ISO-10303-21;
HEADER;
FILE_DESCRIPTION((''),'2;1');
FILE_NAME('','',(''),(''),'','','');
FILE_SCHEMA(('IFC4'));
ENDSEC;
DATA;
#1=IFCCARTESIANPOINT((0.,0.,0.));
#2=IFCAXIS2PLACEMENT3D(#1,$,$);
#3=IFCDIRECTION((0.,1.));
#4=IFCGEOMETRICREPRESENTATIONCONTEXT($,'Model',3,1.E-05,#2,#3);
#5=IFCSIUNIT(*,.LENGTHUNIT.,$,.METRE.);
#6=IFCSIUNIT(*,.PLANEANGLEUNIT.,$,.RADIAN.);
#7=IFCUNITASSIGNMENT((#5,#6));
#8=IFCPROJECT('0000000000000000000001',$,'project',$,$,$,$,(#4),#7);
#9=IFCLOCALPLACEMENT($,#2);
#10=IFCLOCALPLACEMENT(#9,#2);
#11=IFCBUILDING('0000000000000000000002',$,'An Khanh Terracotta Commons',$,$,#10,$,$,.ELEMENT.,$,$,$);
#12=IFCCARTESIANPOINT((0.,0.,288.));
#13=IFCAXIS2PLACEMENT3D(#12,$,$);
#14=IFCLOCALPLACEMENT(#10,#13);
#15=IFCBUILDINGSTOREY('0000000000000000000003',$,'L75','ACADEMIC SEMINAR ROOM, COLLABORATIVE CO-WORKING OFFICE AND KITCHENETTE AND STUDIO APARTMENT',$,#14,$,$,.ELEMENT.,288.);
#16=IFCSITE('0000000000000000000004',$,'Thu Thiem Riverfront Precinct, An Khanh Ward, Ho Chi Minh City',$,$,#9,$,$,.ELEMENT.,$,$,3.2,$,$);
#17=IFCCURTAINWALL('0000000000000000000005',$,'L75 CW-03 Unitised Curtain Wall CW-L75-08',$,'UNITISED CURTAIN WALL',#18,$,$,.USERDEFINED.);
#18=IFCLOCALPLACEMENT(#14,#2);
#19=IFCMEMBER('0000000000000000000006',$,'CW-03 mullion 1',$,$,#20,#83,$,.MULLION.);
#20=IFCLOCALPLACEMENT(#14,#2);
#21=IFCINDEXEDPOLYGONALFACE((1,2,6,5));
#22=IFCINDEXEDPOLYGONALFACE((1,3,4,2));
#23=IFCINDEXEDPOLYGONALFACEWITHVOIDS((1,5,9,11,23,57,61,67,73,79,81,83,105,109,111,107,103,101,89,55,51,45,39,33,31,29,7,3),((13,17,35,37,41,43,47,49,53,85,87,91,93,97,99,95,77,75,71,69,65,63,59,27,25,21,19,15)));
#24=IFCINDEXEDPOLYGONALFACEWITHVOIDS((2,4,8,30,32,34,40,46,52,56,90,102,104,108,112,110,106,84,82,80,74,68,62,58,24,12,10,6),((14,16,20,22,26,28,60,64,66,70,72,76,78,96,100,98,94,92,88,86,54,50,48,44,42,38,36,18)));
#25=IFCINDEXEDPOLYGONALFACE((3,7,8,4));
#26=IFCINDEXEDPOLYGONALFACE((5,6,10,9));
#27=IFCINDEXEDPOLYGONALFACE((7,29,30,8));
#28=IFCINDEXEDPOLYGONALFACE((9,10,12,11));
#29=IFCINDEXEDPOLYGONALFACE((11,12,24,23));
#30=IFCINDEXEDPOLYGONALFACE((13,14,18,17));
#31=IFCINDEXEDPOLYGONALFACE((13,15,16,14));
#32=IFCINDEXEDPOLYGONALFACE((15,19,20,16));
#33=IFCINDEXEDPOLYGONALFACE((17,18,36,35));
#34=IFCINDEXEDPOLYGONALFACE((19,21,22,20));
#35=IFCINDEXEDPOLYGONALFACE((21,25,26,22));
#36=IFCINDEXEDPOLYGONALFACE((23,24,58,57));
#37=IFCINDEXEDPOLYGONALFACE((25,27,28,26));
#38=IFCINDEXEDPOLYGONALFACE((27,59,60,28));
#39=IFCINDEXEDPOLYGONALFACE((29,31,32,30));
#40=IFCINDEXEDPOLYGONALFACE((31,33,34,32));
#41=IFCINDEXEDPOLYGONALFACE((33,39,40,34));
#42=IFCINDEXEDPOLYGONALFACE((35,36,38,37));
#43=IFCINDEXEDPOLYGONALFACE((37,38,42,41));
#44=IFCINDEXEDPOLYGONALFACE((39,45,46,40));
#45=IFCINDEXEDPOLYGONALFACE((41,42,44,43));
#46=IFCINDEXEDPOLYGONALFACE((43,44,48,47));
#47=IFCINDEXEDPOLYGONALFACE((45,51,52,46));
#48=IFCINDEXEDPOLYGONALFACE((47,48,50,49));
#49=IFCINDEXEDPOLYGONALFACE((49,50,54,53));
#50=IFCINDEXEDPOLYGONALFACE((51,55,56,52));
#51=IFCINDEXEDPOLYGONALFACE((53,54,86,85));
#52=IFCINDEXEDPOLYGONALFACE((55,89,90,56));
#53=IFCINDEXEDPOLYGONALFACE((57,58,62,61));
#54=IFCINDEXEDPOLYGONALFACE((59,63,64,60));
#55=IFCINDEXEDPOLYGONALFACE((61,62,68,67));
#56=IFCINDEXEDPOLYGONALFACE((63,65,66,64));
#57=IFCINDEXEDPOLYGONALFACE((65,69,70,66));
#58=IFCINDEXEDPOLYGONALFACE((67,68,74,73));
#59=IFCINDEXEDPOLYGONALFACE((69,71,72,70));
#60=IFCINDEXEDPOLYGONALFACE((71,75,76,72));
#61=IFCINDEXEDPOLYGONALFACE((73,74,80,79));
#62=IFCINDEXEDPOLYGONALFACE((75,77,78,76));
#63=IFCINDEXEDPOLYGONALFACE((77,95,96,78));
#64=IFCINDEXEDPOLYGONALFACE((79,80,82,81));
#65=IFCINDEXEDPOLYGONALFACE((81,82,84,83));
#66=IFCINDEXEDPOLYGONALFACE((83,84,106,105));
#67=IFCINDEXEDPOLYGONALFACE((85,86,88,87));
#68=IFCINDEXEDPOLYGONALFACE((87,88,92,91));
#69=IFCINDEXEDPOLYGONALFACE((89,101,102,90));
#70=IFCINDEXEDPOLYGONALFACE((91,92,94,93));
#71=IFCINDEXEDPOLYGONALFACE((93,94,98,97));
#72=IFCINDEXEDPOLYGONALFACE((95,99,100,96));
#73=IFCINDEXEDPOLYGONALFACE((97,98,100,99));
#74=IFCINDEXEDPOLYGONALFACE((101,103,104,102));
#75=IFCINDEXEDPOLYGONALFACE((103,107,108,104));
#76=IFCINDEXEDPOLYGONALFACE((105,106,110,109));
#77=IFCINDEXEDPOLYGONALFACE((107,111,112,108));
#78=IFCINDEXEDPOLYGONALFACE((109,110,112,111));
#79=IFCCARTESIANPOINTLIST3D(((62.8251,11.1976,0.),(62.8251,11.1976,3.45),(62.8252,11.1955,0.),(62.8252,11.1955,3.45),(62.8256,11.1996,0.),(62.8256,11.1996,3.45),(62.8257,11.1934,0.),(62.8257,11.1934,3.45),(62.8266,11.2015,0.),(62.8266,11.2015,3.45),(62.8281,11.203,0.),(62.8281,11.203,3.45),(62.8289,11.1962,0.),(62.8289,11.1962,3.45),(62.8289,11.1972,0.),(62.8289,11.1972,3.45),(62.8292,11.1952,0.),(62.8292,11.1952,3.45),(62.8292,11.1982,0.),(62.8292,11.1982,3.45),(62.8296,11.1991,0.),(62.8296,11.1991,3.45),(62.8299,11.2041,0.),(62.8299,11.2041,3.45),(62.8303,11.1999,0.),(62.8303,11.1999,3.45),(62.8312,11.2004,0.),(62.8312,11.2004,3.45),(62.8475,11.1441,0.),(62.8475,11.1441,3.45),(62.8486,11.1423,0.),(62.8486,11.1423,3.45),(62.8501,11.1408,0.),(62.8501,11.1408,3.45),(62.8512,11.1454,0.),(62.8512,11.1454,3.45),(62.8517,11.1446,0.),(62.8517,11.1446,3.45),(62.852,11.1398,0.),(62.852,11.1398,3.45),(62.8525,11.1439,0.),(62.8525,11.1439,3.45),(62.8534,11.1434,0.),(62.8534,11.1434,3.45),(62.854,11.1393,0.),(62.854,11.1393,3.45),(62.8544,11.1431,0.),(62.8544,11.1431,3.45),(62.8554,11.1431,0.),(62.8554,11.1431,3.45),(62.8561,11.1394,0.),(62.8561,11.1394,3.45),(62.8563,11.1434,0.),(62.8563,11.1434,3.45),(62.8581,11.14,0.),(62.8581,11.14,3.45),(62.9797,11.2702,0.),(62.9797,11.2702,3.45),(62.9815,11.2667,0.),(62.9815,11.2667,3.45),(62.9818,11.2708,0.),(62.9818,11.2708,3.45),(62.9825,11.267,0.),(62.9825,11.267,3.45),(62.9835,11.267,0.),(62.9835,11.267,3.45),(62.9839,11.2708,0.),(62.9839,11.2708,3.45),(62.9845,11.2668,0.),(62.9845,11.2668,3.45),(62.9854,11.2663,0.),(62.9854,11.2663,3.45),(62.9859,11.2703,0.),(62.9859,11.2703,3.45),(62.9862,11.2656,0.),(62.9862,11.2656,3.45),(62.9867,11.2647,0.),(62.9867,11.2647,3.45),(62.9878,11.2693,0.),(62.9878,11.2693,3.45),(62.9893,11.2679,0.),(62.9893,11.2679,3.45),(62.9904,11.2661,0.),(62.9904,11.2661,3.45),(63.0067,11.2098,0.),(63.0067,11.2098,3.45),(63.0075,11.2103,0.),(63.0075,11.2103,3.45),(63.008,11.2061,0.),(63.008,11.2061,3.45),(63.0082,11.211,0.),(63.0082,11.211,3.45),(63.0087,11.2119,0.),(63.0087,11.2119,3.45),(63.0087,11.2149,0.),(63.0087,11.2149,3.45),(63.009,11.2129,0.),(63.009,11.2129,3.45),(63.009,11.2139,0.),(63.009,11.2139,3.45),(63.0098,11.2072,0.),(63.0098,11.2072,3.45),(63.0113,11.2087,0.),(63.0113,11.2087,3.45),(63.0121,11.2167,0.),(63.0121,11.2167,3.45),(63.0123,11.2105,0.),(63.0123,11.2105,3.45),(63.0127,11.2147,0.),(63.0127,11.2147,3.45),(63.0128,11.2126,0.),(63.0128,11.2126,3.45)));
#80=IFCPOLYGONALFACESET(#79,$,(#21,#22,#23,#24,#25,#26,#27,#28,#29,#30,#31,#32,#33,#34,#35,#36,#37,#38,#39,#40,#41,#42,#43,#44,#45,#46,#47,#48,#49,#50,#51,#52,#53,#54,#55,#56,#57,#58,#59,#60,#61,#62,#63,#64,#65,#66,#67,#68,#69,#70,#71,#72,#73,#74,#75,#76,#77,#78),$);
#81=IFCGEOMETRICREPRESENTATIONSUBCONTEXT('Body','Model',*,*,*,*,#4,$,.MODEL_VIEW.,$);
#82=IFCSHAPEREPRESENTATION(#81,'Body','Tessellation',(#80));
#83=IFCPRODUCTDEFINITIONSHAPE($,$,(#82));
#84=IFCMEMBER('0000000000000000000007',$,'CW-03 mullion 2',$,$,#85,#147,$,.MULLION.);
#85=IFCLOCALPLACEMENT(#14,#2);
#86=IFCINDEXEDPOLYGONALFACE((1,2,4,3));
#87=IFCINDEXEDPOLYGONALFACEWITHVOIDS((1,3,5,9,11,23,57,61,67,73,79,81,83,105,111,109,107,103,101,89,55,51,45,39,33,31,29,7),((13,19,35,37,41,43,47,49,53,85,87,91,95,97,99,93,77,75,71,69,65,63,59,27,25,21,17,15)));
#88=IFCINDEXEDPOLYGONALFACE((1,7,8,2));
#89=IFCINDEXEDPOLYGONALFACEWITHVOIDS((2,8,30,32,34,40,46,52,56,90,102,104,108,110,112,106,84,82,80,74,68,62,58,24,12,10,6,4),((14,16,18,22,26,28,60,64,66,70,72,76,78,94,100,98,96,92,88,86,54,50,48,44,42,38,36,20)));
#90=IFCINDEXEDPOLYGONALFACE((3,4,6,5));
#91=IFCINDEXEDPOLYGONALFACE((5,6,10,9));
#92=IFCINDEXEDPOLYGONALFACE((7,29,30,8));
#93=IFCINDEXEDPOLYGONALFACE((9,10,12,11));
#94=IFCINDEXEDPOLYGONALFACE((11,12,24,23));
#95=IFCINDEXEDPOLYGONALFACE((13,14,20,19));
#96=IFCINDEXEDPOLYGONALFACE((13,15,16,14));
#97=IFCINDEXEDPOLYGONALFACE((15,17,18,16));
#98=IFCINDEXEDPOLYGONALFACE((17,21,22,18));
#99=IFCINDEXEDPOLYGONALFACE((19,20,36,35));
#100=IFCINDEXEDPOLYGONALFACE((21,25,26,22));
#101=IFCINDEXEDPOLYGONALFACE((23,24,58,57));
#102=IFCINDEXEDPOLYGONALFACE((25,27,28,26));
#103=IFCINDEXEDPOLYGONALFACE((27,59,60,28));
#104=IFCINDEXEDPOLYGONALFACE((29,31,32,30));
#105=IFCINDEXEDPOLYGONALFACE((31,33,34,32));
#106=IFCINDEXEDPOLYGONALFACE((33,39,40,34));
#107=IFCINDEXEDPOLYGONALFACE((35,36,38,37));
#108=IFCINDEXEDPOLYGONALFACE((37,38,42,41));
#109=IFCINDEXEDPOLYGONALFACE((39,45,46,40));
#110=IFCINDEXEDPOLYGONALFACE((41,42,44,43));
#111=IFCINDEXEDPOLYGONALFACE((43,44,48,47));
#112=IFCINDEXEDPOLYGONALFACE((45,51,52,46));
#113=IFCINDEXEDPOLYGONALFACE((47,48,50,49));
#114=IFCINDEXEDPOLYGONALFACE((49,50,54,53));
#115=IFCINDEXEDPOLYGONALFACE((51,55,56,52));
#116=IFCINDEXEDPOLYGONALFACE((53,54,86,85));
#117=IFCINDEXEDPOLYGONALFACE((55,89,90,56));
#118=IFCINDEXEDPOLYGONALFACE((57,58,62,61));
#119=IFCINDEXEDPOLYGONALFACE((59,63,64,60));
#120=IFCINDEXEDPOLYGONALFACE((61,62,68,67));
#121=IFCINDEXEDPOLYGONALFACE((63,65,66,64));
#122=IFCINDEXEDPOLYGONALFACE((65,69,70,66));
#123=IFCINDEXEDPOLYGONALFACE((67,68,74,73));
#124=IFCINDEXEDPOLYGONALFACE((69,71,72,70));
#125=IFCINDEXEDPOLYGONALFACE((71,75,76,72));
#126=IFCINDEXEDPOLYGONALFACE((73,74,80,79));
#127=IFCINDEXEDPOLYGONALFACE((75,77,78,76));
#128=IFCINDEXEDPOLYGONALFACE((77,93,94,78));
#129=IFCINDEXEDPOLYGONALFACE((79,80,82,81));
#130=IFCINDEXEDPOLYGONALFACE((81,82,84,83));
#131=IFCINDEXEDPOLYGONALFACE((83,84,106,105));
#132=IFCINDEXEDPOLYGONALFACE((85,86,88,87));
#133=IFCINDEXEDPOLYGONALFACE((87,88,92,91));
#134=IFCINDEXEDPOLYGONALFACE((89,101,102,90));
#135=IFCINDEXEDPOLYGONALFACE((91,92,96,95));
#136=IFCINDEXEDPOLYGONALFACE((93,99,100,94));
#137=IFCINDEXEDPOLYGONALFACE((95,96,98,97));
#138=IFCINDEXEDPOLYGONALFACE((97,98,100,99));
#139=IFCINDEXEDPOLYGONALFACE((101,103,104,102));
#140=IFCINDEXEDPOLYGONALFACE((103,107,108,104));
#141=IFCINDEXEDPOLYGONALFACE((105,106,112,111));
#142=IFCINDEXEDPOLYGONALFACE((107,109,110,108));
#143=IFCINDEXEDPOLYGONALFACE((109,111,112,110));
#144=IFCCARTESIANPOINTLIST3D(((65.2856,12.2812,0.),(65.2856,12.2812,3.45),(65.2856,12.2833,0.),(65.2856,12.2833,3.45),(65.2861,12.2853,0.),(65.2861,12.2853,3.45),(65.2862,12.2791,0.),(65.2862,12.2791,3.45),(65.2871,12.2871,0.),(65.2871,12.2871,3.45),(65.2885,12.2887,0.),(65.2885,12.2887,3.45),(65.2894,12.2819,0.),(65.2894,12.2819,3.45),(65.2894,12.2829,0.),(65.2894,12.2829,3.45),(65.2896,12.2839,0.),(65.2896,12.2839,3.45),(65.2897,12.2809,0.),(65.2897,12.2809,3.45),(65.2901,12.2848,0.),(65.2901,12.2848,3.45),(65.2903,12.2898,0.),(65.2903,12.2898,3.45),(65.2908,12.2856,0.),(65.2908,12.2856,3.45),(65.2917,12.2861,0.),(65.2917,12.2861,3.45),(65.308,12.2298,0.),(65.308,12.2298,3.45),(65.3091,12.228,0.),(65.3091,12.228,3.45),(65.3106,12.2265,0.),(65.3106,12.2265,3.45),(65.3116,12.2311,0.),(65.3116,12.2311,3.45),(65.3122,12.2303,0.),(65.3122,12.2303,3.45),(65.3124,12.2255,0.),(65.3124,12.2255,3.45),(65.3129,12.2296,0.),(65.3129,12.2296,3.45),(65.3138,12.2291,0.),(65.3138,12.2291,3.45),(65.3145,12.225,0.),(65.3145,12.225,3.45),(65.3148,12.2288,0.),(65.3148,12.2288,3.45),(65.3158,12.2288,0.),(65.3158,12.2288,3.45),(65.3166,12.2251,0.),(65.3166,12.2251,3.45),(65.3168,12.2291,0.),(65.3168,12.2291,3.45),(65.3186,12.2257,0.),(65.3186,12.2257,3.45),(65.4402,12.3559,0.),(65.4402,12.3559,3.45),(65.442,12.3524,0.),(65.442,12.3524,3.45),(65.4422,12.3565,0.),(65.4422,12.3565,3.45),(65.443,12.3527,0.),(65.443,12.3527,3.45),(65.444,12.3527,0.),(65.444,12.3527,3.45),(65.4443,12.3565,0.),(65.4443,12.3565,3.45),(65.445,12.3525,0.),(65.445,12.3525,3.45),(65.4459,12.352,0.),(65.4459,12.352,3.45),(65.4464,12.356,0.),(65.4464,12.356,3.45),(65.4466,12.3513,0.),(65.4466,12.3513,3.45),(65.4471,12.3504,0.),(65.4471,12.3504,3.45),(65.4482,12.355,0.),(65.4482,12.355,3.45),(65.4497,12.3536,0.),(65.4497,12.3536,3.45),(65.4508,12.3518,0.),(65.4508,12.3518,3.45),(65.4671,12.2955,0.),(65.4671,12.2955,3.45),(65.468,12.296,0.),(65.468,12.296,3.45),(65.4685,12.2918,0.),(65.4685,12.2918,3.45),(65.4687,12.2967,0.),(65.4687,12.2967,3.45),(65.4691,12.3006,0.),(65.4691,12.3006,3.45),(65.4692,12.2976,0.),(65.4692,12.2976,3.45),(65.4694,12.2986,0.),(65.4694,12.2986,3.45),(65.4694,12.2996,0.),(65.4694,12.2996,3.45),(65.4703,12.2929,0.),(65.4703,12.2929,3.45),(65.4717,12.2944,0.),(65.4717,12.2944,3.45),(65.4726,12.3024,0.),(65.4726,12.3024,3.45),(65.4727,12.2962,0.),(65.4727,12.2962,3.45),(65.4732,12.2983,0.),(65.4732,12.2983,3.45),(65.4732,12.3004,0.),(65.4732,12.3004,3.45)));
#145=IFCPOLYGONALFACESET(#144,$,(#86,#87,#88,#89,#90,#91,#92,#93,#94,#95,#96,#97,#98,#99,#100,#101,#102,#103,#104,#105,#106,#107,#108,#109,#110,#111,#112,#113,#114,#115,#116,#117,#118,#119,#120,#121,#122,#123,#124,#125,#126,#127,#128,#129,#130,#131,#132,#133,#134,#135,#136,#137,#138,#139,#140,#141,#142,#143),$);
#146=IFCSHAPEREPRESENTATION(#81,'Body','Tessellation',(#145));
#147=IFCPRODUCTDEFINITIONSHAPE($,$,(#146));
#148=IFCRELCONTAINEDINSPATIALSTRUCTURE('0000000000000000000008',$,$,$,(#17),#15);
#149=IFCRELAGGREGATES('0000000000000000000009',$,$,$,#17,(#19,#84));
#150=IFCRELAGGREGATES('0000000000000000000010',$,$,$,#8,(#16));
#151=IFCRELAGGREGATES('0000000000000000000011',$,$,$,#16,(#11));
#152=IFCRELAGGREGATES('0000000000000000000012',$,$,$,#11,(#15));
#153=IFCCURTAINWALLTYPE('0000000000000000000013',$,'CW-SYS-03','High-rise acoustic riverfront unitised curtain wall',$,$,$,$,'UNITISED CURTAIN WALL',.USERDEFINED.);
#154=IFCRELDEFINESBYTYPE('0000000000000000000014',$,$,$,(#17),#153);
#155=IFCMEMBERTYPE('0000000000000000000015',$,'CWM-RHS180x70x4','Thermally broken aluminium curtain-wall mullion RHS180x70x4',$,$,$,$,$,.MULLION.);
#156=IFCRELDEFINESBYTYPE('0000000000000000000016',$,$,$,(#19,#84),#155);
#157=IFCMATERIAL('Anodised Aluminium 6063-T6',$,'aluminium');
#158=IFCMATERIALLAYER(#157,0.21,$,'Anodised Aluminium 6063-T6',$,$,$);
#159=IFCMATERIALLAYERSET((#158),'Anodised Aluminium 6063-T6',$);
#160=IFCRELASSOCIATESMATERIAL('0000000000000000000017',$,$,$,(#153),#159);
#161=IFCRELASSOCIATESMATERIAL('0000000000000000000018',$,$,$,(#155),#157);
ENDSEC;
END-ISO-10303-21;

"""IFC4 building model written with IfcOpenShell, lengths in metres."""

from ifc_helpers import new_model, si_unit, direction, frame, origin, origin_2d, place, context, subcontext, project, spatial, hollow_rectangle, extrude, material, layer, layer_set, material_profile, profile_set, type_object, element, aggregate, save


model = new_model("IFC4")

# Units and contexts
model_context = context("Model", 3, precision=1e-05, world=origin(), true_north=direction((0.0, 1.0)))
body_context = subcontext(model_context, "Body", "Model", "MODEL_VIEW")
ifc_project = project(units=[si_unit("LENGTHUNIT", "METRE"), si_unit("PLANEANGLEUNIT", "RADIAN")], contexts=[model_context])

# Site, building, storey
site_placement = place(None, origin())
site = spatial("IfcSite", under=ifc_project, at=site_placement, Name="Thu Thiem Riverfront Precinct, An Khanh Ward, Ho Chi Minh City", CompositionType="ELEMENT", RefElevation=3.2)
building_placement = place(site_placement, origin())
building = spatial("IfcBuilding", under=site, at=building_placement, Name="An Khanh Terracotta Commons", CompositionType="ELEMENT")
storey_placement = place(building_placement, frame((0.0, 0.0, 288.0)))
storey = spatial("IfcBuildingStorey", under=building, at=storey_placement, Name="L75", Description="ACADEMIC SEMINAR ROOM, COLLABORATIVE CO-WORKING OFFICE AND KITCHENETTE AND STUDIO APARTMENT", CompositionType="ELEMENT", Elevation=288.0)

# Curtain wall, members
ifc_material_1 = material(Name="Anodised Aluminium 6063-T6", Category="aluminium")
ifc_layer_1 = layer(ifc_material_1, 0.21, Name="Anodised Aluminium 6063-T6")
ifc_layer_set_1 = layer_set([ifc_layer_1], Name="Anodised Aluminium 6063-T6")
curtain_wall_type = type_object("IfcCurtainWallType", Name="CW-SYS-03", Description="High-rise acoustic riverfront unitised curtain wall", ElementType="UNITISED CURTAIN WALL", PredefinedType="USERDEFINED", material=ifc_layer_set_1)
curtain_wall_placement = place(storey_placement, origin())
curtain_wall = element("IfcCurtainWall", 1, at=curtain_wall_placement, inside=storey, type_object=curtain_wall_type, Name="L75 CW-03 Unitised Curtain Wall CW-L75-08", ObjectType="UNITISED CURTAIN WALL", PredefinedType="USERDEFINED")
ifc_material_profile_1 = material_profile(ifc_material_1, hollow_rectangle(XDim=0.0701, YDim=0.1799, WallThickness=0.0039, InnerFilletRadius=0.0039, OuterFilletRadius=0.0081, at=origin_2d()), Name="RHS180x70x4")
ifc_profile_set_1 = profile_set([ifc_material_profile_1], Name="Anodised Aluminium 6063-T6")
member_type_1 = type_object("IfcMemberType", Name="CWM-RHS180x70x4", Description="Thermally broken aluminium curtain-wall mullion RHS180x70x4", PredefinedType="MULLION", material=ifc_profile_set_1)
member_1_placement = place(storey_placement, frame((62.9189, 11.2051, 0.0), z_axis=(0.0, 0.0, 1.0), x_axis=(-0.403676, 0.914902, 0.0)))
member_1 = element("IfcMember", 2, at=member_1_placement, type_object=member_type_1, Name="CW-03 mullion 1", PredefinedType="MULLION", context=body_context, shape_type="SweptSolid", body=[
    extrude(hollow_rectangle(XDim=0.0701, YDim=0.1799, WallThickness=0.0039, InnerFilletRadius=0.0039, OuterFilletRadius=0.0081, at=origin_2d()), origin(), (0.0, 0.0, 1.0), 3.45),
])
member_2_placement = place(storey_placement, frame((65.3794, 12.2908, 0.0), z_axis=(0.0, 0.0, 1.0), x_axis=(-0.403676, 0.914902, 0.0)))
member_2 = element("IfcMember", 3, at=member_2_placement, type_object=member_type_1, Name="CW-03 mullion 2", PredefinedType="MULLION", context=body_context, shape_type="SweptSolid", body=[
    extrude(hollow_rectangle(XDim=0.0701, YDim=0.1799, WallThickness=0.0039, InnerFilletRadius=0.0039, OuterFilletRadius=0.0081, at=origin_2d()), origin(), (0.0, 0.0, 1.0), 3.45),
])
aggregate(curtain_wall, [member_1, member_2])

save(model, "model.ifc")
